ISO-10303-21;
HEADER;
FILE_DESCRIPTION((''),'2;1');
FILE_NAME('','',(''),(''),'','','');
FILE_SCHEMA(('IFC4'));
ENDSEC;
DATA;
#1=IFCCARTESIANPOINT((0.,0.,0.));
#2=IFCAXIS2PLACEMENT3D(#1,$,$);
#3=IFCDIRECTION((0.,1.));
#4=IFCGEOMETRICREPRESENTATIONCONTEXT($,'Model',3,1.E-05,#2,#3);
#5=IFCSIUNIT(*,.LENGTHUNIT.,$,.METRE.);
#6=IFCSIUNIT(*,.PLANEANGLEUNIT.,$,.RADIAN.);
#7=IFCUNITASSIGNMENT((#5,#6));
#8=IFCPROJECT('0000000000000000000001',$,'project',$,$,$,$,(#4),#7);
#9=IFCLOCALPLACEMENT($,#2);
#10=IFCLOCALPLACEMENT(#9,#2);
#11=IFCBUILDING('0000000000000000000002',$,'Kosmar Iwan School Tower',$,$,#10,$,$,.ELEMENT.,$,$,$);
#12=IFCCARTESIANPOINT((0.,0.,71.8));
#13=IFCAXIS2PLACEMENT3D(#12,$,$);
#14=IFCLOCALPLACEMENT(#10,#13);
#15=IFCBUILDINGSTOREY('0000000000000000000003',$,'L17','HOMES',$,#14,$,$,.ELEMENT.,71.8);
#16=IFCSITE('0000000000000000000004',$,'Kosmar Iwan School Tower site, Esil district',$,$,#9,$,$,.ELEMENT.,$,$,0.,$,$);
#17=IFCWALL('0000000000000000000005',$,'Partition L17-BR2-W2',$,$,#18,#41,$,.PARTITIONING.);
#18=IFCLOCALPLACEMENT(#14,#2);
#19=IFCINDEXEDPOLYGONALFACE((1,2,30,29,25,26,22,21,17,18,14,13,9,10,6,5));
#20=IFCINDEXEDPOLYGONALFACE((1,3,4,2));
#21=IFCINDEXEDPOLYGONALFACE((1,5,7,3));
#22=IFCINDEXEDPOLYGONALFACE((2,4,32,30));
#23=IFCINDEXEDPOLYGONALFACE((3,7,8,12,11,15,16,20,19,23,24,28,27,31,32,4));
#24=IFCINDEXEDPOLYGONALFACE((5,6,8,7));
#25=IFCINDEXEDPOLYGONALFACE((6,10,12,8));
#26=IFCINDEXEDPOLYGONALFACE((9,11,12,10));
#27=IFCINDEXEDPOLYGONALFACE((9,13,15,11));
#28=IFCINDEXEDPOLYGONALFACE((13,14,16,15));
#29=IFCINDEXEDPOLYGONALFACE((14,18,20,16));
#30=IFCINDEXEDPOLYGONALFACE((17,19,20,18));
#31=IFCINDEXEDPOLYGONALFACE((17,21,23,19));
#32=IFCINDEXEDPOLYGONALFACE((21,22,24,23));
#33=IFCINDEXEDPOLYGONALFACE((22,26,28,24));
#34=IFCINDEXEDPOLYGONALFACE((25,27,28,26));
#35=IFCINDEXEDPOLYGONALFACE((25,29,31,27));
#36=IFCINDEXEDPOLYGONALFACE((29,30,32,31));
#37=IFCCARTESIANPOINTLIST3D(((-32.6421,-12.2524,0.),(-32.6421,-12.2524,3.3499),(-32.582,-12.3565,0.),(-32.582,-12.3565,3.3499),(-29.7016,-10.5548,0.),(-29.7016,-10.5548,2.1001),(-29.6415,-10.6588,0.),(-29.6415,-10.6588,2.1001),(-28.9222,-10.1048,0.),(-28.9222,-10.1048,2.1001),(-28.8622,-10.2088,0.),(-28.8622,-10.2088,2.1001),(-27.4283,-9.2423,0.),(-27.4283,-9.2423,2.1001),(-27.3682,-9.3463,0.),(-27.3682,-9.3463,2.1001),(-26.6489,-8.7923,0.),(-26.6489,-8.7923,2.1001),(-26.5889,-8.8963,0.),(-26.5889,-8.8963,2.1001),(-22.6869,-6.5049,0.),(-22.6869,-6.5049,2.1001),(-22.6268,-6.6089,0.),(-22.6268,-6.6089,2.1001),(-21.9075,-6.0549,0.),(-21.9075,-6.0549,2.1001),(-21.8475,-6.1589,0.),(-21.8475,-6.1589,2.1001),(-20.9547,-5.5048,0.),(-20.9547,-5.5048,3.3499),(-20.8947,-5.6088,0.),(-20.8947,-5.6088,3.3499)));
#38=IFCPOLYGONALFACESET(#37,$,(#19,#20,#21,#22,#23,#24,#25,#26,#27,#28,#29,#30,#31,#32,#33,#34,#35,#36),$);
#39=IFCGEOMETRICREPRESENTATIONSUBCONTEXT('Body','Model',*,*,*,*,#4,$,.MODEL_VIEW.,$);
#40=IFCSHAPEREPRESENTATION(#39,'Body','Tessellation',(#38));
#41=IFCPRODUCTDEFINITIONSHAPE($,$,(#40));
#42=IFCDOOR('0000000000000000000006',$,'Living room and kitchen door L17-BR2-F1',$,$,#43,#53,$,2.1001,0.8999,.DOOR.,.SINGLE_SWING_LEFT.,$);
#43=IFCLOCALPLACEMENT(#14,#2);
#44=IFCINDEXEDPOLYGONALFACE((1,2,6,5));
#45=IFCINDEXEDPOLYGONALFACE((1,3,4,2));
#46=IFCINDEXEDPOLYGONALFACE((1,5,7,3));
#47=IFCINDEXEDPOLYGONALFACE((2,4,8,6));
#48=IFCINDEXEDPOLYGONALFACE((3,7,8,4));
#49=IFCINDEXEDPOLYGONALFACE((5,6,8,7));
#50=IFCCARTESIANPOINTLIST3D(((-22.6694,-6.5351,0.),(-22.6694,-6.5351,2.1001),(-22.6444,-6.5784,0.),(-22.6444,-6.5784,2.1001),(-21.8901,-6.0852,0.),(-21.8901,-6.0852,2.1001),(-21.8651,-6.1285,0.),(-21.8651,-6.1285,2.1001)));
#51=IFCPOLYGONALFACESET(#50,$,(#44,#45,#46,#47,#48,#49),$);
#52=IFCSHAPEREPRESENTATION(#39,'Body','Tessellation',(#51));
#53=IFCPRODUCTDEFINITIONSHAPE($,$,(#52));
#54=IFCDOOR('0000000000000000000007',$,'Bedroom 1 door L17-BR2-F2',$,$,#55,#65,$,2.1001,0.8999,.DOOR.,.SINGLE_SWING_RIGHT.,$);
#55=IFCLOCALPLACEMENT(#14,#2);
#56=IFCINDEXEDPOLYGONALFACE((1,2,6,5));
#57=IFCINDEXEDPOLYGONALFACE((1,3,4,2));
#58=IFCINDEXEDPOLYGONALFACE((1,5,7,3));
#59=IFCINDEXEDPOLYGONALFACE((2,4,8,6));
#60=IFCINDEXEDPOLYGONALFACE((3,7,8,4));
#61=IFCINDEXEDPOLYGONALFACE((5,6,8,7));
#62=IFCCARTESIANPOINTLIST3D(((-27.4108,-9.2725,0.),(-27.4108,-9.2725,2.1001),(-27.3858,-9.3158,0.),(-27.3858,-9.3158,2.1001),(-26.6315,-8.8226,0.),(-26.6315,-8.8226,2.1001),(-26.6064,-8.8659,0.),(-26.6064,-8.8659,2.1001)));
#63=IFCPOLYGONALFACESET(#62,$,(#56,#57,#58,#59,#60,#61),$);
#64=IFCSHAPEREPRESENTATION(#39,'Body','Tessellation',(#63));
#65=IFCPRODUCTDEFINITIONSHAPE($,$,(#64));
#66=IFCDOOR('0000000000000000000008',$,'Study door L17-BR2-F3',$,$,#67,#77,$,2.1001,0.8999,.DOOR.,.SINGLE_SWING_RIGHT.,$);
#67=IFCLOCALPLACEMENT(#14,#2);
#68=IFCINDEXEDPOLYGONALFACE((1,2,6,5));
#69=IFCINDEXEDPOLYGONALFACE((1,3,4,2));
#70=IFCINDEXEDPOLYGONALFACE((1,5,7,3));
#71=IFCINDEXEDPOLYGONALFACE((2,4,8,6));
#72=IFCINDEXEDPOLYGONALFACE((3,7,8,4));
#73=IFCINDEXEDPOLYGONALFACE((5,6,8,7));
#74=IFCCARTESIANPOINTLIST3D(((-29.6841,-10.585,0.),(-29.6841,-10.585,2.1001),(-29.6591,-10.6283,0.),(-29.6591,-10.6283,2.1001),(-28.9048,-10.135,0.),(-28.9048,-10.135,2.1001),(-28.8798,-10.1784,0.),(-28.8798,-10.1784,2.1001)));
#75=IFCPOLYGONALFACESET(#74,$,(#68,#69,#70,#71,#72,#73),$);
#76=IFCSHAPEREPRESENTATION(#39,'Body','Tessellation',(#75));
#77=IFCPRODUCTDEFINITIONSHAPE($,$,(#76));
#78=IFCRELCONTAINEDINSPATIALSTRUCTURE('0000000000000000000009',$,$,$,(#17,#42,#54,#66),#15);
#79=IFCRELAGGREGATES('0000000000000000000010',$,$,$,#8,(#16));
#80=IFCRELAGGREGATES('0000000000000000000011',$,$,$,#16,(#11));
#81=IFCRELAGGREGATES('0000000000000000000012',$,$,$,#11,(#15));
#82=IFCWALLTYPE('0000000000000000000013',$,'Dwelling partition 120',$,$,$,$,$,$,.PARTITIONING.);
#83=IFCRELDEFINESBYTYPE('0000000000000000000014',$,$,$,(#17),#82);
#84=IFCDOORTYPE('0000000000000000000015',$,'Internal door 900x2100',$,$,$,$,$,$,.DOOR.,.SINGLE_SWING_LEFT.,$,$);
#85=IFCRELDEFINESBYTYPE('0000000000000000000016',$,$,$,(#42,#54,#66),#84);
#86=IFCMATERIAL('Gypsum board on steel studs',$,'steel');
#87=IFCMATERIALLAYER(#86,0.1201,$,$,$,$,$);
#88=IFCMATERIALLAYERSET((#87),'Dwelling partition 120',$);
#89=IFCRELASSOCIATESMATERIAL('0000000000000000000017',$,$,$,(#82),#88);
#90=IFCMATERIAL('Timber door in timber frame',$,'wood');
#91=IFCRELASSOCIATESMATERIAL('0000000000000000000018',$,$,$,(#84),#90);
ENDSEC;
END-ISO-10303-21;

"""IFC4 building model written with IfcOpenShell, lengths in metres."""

from ifc_helpers import new_model, si_unit, direction, frame, frame_2d, origin, place, context, subcontext, project, spatial, rectangle, extrude, material, layer, layer_set, type_object, element, fill, save


model = new_model("IFC4")

# Units and contexts
model_context = context("Model", 3, precision=1e-05, world=origin(), true_north=direction((0.0, 1.0)))
body_context = subcontext(model_context, "Body", "Model", "MODEL_VIEW")
ifc_project = project(units=[si_unit("LENGTHUNIT", "METRE"), si_unit("PLANEANGLEUNIT", "RADIAN")], contexts=[model_context])

# Site, building, storey
site_placement = place(None, origin())
site = spatial("IfcSite", under=ifc_project, at=site_placement, Name="Kosmar Iwan School Tower site, Esil district", CompositionType="ELEMENT", RefElevation=0.0)
building_placement = place(site_placement, origin())
building = spatial("IfcBuilding", under=site, at=building_placement, Name="Kosmar Iwan School Tower", CompositionType="ELEMENT")
storey_placement = place(building_placement, frame((0.0, 0.0, 71.8)))
storey = spatial("IfcBuildingStorey", under=building, at=storey_placement, Name="L17", Description="HOMES", CompositionType="ELEMENT", Elevation=71.8)

# Shared definitions
ifc_material_1 = material(Name="Gypsum board on steel studs", Category="steel")
ifc_layer = layer(ifc_material_1, 0.1201)
ifc_layer_set = layer_set([ifc_layer], Name="Dwelling partition 120")
wall_type = type_object("IfcWallType", Name="Dwelling partition 120", PredefinedType="PARTITIONING", material=ifc_layer_set)

# Wall, openings, doors
wall_1_placement = place(storey_placement, frame((-20.9248, -5.5569, 0.0), z_axis=(0.0, 0.0, 1.0), x_axis=(-0.866028, -0.499995, 0.0)))
wall_1 = element("IfcWall", 1, at=wall_1_placement, inside=storey, type_object=wall_type, Name="Partition L17-BR2-W2", PredefinedType="PARTITIONING", context=body_context, shape_type="SweptSolid", body=[
    extrude(rectangle(XDim=13.4954, YDim=0.1201, at=frame_2d((6.7476, 0.0))), origin(), (0.0, 0.0, 1.0), 3.3499),
])
opening_1_placement = place(wall_1_placement, frame((1.1001, 0.0, 0.0)))
opening_1 = element("IfcOpeningElement", 2, at=opening_1_placement, cuts=wall_1, PredefinedType="OPENING", context=body_context, shape_type="SweptSolid", body=[
    extrude(rectangle(XDim=0.8999, YDim=2.1001, at=frame_2d((0.45, 1.05))), frame((0.0, 0.072, 0.0), z_axis=(0.0, -1.0, 0.0), x_axis=(1.0, 0.0, 0.0)), (0.0, 0.0, 1.0), 0.144),
])
opening_2_placement = place(wall_1_placement, frame((6.575, 0.0, 0.0)))
opening_2 = element("IfcOpeningElement", 3, at=opening_2_placement, cuts=wall_1, PredefinedType="OPENING", context=body_context, shape_type="SweptSolid", body=[
    extrude(rectangle(XDim=0.8999, YDim=2.1001, at=frame_2d((0.45, 1.05))), frame((0.0, 0.072, 0.0), z_axis=(0.0, -1.0, 0.0), x_axis=(1.0, 0.0, 0.0)), (0.0, 0.0, 1.0), 0.144),
])
opening_3_placement = place(wall_1_placement, frame((9.2, 0.0, 0.0)))
opening_3 = element("IfcOpeningElement", 4, at=opening_3_placement, cuts=wall_1, PredefinedType="OPENING", context=body_context, shape_type="SweptSolid", body=[
    extrude(rectangle(XDim=0.8999, YDim=2.1001, at=frame_2d((0.45, 1.05))), frame((0.0, 0.072, 0.0), z_axis=(0.0, -1.0, 0.0), x_axis=(1.0, 0.0, 0.0)), (0.0, 0.0, 1.0), 0.144),
])
ifc_material_2 = material(Name="Timber door in timber frame", Category="wood")
door_type = type_object("IfcDoorType", Name="Internal door 900x2100", OperationType="SINGLE_SWING_LEFT", PredefinedType="DOOR", material=ifc_material_2)
door_1_placement = place(opening_1_placement, origin())
door_1 = element("IfcDoor", 5, at=door_1_placement, inside=storey, type_object=door_type, Name="Living room and kitchen door L17-BR2-F1", OperationType="SINGLE_SWING_LEFT", OverallHeight=2.1001, OverallWidth=0.8999, PredefinedType="DOOR", context=body_context, shape_type="SweptSolid", body=[
    extrude(rectangle(XDim=0.8999, YDim=2.1001, at=frame_2d((0.45, 1.05))), frame((0.0, 0.0249, 0.0), z_axis=(0.0, -1.0, 0.0), x_axis=(1.0, 0.0, 0.0)), (0.0, 0.0, 1.0), 0.05),
])
fill(opening_1, door_1)
door_2_placement = place(opening_2_placement, origin())
door_2 = element("IfcDoor", 6, at=door_2_placement, inside=storey, type_object=door_type, Name="Bedroom 1 door L17-BR2-F2", OperationType="SINGLE_SWING_RIGHT", OverallHeight=2.1001, OverallWidth=0.8999, PredefinedType="DOOR", context=body_context, shape_type="SweptSolid", body=[
    extrude(rectangle(XDim=0.8999, YDim=2.1001, at=frame_2d((0.45, 1.05))), frame((0.0, 0.0249, 0.0), z_axis=(0.0, -1.0, 0.0), x_axis=(1.0, 0.0, 0.0)), (0.0, 0.0, 1.0), 0.05),
])
fill(opening_2, door_2)
door_3_placement = place(opening_3_placement, origin())
door_3 = element("IfcDoor", 7, at=door_3_placement, inside=storey, type_object=door_type, Name="Study door L17-BR2-F3", OperationType="SINGLE_SWING_RIGHT", OverallHeight=2.1001, OverallWidth=0.8999, PredefinedType="DOOR", context=body_context, shape_type="SweptSolid", body=[
    extrude(rectangle(XDim=0.8999, YDim=2.1001, at=frame_2d((0.45, 1.05))), frame((0.0, 0.0249, 0.0), z_axis=(0.0, -1.0, 0.0), x_axis=(1.0, 0.0, 0.0)), (0.0, 0.0, 1.0), 0.05),
])
fill(opening_3, door_3)

save(model, "model.ifc")
